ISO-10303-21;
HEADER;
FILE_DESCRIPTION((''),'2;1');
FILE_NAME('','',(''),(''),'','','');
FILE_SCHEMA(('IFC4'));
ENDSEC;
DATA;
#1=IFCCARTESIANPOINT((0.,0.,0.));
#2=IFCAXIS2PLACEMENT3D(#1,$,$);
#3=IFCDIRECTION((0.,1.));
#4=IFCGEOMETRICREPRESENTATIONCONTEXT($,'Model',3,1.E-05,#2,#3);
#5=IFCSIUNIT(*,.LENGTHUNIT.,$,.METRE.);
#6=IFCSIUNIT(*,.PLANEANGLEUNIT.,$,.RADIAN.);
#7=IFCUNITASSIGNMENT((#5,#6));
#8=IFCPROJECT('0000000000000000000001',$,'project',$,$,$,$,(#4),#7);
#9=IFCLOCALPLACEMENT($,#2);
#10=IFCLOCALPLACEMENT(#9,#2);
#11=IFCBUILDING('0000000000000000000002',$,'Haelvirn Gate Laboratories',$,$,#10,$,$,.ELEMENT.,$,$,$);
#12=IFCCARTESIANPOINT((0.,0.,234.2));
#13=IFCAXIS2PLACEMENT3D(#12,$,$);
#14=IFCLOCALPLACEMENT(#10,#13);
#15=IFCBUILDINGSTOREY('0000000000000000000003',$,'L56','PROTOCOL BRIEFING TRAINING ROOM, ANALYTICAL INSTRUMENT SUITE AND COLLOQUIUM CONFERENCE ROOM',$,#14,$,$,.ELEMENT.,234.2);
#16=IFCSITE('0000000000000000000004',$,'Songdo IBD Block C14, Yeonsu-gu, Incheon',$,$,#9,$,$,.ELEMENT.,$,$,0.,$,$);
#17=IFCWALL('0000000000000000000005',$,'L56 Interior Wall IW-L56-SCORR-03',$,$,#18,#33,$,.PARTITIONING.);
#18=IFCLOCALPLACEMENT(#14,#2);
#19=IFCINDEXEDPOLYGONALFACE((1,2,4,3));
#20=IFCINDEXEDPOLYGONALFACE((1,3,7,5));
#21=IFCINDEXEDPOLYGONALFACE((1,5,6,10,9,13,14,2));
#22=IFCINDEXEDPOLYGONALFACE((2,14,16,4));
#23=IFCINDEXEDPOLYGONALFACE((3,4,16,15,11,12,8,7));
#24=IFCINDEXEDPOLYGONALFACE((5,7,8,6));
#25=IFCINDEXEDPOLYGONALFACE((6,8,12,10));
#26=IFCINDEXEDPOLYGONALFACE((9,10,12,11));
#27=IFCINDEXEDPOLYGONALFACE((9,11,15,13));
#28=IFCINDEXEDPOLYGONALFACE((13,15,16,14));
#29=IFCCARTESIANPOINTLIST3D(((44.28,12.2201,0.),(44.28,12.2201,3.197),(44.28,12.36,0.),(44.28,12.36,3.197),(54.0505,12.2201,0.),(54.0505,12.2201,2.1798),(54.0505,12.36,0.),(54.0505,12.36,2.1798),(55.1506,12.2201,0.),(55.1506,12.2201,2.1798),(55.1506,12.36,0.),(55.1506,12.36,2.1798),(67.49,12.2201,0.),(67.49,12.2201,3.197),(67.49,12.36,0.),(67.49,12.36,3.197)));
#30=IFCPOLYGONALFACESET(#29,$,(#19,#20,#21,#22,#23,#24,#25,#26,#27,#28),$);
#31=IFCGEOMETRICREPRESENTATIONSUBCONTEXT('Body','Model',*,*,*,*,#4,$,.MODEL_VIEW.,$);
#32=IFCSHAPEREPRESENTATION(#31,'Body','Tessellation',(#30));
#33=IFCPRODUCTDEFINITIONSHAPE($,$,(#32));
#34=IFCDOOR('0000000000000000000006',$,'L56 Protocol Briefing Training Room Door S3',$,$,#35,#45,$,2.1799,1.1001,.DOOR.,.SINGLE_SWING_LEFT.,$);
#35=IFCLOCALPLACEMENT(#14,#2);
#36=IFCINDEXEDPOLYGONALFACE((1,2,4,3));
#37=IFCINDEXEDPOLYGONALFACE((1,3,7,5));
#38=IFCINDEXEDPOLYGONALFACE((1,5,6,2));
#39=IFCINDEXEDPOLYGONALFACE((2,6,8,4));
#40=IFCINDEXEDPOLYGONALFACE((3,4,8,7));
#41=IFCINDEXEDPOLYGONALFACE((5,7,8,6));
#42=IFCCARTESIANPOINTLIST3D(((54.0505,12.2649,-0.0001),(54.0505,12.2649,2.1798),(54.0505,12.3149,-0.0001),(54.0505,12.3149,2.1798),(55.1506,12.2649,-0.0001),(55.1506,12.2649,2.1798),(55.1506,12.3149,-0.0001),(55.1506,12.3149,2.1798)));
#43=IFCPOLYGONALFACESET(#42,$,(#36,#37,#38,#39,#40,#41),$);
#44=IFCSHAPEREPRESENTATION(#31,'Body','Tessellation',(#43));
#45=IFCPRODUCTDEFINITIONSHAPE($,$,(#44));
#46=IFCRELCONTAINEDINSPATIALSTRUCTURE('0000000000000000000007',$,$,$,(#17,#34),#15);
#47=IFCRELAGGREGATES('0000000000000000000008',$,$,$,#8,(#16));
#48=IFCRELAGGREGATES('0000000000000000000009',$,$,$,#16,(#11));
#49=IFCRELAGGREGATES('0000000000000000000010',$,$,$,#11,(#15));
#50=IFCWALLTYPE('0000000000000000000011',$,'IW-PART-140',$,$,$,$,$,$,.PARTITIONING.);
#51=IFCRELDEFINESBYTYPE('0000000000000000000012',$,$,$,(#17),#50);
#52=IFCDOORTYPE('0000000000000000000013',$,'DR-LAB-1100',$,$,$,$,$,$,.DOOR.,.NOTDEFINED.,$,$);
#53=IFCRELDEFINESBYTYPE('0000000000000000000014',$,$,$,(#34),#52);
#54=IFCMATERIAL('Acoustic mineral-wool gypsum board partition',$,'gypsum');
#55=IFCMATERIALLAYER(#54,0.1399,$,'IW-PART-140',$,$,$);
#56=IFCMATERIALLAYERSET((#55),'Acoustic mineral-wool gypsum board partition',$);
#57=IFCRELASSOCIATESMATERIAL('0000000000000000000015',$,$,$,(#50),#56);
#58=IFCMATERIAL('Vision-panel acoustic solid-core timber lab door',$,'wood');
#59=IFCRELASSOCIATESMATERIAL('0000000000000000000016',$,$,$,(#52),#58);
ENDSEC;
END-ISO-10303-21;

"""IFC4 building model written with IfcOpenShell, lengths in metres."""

from ifc_helpers import new_model, si_unit, direction, frame, frame_2d, origin, place, context, subcontext, project, spatial, rectangle, extrude, source, transform, mapped, material, layer, layer_set, type_object, type_shapes, element, fill, save


model = new_model("IFC4")

# Units and contexts
model_context = context("Model", 3, precision=1e-05, world=origin(), true_north=direction((0.0, 1.0)))
body_context = subcontext(model_context, "Body", "Model", "MODEL_VIEW")
ifc_project = project(units=[si_unit("LENGTHUNIT", "METRE"), si_unit("PLANEANGLEUNIT", "RADIAN")], contexts=[model_context])

# Site, building, storey
site_placement = place(None, origin())
site = spatial("IfcSite", under=ifc_project, at=site_placement, Name="Songdo IBD Block C14, Yeonsu-gu, Incheon", CompositionType="ELEMENT", RefElevation=0.0)
building_placement = place(site_placement, origin())
building = spatial("IfcBuilding", under=site, at=building_placement, Name="Haelvirn Gate Laboratories", CompositionType="ELEMENT")
storey_placement = place(building_placement, frame((0.0, 0.0, 234.2)))
storey = spatial("IfcBuildingStorey", under=building, at=storey_placement, Name="L56", Description="PROTOCOL BRIEFING TRAINING ROOM, ANALYTICAL INSTRUMENT SUITE AND COLLOQUIUM CONFERENCE ROOM", CompositionType="ELEMENT", Elevation=234.2)

# Wall, opening, door
ifc_material_1 = material(Name="Acoustic mineral-wool gypsum board partition", Category="gypsum")
ifc_layer_1 = layer(ifc_material_1, 0.1399, Name="IW-PART-140")
ifc_layer_set_1 = layer_set([ifc_layer_1], Name="Acoustic mineral-wool gypsum board partition")
wall_type_1 = type_object("IfcWallType", Name="IW-PART-140", PredefinedType="PARTITIONING", material=ifc_layer_set_1)
wall_1_placement = place(storey_placement, frame((44.28, 12.29, 0.0), z_axis=(0.0, 0.0, 1.0), x_axis=(1.0, 0.0, 0.0)))
wall_1 = element("IfcWall", 1, at=wall_1_placement, inside=storey, type_object=wall_type_1, Name="L56 Interior Wall IW-L56-SCORR-03", PredefinedType="PARTITIONING", context=body_context, shape_type="SweptSolid", body=[
    extrude(rectangle(XDim=23.21, YDim=0.1399, at=frame_2d((11.605, 0.0))), origin(), (0.0, 0.0, 1.0), 3.197),
])
opening_placement = place(wall_1_placement, frame((9.7705, 0.0, 0.0)))
opening = element("IfcOpeningElement", 2, at=opening_placement, cuts=wall_1, PredefinedType="OPENING", context=body_context, shape_type="SweptSolid", body=[
    extrude(rectangle(XDim=1.1001, YDim=2.1799, at=frame_2d((0.55, 1.0898))), frame((0.0, 0.0801, 0.0), z_axis=(0.0, -1.0, 0.0), x_axis=(1.0, 0.0, 0.0)), (0.0, 0.0, 1.0), 0.1599),
])
ifc_material_2 = material(Name="Vision-panel acoustic solid-core timber lab door", Category="wood")
door_type = type_object("IfcDoorType", Name="DR-LAB-1100", OperationType="NOTDEFINED", PredefinedType="DOOR", material=ifc_material_2)
shared_shape_1 = source(origin(), body_context, "Body", "SweptSolid", [
    extrude(rectangle(XDim=1.1001, YDim=2.1799, at=frame_2d((0.55, 1.0898))), frame((0.0, 0.0249, 0.0), z_axis=(0.0, -1.0, 0.0), x_axis=(1.0, 0.0, 0.0)), (0.0, 0.0, 1.0), 0.05),
])
type_shapes(door_type, [shared_shape_1])
door_placement = place(opening_placement, origin())
door = element("IfcDoor", 3, at=door_placement, inside=storey, type_object=door_type, Name="L56 Protocol Briefing Training Room Door S3", OperationType="SINGLE_SWING_LEFT", OverallHeight=2.1799, OverallWidth=1.1001, PredefinedType="DOOR", context=body_context, shape_type="MappedRepresentation", body=[
    mapped(shared_shape_1, transform((0.0, 0.0, 0.0), scale=1.0)),
])
fill(opening, door)

save(model, "model.ifc")
